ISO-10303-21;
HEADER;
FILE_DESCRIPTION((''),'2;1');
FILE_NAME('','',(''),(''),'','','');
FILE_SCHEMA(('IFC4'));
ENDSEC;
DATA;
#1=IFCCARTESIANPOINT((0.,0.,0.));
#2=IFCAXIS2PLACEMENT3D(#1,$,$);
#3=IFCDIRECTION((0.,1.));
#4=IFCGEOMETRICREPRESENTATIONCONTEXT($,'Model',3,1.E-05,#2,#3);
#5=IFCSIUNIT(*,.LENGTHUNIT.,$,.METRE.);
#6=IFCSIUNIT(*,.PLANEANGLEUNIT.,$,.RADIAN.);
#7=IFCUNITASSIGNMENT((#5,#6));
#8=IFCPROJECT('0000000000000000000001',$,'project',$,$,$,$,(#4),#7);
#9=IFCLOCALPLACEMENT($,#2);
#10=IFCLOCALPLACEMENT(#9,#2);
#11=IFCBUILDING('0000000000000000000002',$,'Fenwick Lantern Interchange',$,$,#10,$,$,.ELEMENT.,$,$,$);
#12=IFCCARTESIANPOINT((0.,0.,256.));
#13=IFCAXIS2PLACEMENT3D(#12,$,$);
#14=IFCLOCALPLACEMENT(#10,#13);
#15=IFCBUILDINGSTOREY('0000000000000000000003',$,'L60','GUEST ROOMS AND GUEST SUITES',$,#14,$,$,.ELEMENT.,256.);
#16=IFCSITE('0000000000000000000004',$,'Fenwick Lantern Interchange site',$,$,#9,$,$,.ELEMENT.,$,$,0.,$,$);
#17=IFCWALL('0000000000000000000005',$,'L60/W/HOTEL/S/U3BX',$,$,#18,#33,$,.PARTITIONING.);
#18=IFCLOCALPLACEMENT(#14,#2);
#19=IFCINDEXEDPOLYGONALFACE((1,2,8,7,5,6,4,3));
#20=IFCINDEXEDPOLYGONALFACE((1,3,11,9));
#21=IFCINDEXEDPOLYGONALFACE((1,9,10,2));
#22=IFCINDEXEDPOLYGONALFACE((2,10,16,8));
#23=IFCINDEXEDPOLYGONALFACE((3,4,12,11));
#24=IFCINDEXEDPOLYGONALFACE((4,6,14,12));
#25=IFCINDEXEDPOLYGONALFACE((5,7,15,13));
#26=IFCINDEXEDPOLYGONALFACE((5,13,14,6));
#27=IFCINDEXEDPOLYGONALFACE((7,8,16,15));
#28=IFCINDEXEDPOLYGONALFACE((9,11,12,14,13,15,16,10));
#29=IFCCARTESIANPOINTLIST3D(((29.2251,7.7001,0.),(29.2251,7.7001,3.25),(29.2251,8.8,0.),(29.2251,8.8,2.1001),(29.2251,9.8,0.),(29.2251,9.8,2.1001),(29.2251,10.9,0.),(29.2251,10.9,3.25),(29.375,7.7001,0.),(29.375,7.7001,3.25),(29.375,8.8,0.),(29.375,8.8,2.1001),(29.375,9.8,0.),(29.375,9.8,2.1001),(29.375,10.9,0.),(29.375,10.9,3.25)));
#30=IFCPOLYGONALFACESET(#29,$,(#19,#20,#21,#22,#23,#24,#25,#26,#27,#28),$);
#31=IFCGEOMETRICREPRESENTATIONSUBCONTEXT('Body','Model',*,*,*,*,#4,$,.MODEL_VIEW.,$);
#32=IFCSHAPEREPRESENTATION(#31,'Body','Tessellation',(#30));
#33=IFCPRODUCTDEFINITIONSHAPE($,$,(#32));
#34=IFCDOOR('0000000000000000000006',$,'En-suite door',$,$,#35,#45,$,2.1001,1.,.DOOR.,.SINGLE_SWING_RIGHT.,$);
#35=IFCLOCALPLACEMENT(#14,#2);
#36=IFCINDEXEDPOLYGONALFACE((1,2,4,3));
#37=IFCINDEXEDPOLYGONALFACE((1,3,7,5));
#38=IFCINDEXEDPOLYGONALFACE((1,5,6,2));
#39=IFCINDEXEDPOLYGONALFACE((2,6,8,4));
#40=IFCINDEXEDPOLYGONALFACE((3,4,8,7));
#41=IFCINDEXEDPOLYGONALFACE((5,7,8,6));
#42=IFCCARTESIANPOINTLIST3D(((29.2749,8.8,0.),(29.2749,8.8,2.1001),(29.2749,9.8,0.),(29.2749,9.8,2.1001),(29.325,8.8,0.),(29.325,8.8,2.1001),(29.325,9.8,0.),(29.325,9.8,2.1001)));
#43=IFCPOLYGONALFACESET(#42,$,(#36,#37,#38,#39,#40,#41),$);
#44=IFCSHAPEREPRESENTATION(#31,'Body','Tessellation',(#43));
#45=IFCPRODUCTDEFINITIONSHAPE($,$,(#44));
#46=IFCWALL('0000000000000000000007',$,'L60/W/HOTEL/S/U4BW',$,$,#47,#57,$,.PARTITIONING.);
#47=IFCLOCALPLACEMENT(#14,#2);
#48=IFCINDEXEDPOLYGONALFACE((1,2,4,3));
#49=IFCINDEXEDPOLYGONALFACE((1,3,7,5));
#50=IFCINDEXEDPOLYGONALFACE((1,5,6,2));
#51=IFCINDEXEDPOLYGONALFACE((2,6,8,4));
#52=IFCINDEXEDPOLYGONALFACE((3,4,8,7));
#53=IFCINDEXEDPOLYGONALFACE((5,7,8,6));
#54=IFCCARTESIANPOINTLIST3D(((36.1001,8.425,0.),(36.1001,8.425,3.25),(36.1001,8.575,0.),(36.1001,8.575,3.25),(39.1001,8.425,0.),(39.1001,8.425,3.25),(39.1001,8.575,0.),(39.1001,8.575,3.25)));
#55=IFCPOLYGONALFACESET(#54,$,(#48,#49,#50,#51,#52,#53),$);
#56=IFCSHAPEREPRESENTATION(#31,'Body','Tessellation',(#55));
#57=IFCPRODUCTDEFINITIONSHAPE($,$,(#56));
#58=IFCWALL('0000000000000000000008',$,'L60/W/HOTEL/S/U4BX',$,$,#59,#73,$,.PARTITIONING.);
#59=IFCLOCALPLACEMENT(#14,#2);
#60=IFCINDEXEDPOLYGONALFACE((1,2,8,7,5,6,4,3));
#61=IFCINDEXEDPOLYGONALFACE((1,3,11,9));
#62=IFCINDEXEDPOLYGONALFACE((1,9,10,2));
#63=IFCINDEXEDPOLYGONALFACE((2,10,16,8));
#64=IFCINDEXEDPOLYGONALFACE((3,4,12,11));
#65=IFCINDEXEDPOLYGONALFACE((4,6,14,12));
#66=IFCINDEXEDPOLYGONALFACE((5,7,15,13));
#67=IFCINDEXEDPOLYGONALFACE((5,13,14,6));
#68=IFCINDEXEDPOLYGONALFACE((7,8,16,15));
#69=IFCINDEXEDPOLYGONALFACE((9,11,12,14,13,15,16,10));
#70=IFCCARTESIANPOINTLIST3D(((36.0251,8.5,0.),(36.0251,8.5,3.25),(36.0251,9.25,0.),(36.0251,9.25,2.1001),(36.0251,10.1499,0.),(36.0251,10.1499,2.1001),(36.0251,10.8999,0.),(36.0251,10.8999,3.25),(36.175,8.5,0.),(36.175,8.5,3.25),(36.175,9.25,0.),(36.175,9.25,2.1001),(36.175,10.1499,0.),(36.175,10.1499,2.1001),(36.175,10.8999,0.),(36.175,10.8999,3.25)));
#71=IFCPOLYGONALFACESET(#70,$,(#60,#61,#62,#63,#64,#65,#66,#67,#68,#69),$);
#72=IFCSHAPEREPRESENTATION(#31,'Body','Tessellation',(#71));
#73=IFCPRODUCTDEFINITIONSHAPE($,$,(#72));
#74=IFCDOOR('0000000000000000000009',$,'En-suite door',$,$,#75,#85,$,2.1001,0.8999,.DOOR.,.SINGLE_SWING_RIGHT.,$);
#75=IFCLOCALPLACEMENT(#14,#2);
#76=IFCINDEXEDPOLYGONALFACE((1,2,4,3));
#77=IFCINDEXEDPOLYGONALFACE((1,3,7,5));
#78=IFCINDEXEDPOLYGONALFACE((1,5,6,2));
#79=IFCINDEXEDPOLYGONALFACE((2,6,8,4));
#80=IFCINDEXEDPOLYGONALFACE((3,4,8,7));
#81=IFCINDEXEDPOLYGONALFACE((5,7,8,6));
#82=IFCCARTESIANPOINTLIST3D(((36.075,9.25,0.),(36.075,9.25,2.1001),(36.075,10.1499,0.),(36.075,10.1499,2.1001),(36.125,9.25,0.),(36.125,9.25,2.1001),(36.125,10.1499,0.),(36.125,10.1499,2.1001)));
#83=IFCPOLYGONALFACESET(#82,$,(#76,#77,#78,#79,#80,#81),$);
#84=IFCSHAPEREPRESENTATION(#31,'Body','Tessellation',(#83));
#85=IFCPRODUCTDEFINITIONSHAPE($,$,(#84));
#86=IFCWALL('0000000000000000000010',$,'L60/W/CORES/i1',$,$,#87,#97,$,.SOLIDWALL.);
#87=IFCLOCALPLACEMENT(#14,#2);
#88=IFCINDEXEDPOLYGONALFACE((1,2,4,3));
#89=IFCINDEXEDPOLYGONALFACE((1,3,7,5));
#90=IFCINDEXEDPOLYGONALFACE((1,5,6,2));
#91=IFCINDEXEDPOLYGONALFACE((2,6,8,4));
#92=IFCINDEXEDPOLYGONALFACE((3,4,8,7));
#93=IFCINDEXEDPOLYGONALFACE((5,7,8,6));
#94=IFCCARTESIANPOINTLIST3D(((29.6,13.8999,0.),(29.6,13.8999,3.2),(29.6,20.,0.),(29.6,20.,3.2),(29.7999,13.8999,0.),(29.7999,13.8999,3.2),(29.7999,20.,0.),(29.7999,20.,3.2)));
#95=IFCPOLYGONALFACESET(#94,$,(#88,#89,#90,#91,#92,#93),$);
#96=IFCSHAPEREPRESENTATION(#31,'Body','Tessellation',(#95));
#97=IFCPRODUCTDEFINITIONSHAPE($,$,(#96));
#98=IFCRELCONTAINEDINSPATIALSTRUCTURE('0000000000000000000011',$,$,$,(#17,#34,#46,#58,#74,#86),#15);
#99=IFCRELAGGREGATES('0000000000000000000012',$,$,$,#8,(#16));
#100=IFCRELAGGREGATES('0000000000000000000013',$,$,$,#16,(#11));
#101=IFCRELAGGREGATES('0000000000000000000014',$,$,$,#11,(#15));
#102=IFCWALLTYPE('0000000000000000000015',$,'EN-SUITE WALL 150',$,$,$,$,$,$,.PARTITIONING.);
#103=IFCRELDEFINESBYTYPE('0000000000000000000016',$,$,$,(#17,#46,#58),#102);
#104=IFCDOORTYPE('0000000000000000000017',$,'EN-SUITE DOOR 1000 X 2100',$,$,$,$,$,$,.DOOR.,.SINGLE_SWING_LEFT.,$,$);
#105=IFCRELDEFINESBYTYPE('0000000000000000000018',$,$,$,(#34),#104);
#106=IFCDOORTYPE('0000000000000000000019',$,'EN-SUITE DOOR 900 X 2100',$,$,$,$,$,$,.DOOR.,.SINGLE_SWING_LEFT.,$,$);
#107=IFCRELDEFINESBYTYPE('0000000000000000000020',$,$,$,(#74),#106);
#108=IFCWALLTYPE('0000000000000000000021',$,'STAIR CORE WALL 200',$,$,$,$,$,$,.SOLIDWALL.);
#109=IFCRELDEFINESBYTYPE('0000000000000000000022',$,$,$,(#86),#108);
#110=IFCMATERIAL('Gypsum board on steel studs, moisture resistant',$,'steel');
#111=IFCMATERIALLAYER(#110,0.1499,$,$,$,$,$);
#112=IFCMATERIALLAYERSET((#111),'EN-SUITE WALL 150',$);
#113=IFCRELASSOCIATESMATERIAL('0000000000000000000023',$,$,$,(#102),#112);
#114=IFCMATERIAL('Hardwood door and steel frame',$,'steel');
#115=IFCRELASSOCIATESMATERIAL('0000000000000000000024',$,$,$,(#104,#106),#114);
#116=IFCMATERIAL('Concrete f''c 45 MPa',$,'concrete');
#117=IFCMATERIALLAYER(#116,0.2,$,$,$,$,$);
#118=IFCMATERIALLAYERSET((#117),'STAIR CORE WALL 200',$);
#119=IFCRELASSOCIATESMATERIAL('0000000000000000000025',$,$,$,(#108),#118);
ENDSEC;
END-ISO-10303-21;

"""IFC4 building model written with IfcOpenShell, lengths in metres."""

from ifc_helpers import new_model, si_unit, direction, frame, frame_2d, origin, place, context, subcontext, project, spatial, rectangle, extrude, material, layer, layer_set, type_object, element, fill, save


model = new_model("IFC4")

# Units and contexts
model_context = context("Model", 3, precision=1e-05, world=origin(), true_north=direction((0.0, 1.0)))
body_context = subcontext(model_context, "Body", "Model", "MODEL_VIEW")
ifc_project = project(units=[si_unit("LENGTHUNIT", "METRE"), si_unit("PLANEANGLEUNIT", "RADIAN")], contexts=[model_context])

# Site, building, storey
site_placement = place(None, origin())
site = spatial("IfcSite", under=ifc_project, at=site_placement, Name="Fenwick Lantern Interchange site", CompositionType="ELEMENT", RefElevation=0.0)
building_placement = place(site_placement, origin())
building = spatial("IfcBuilding", under=site, at=building_placement, Name="Fenwick Lantern Interchange", CompositionType="ELEMENT")
storey_placement = place(building_placement, frame((0.0, 0.0, 256.0)))
storey = spatial("IfcBuildingStorey", under=building, at=storey_placement, Name="L60", Description="GUEST ROOMS AND GUEST SUITES", CompositionType="ELEMENT", Elevation=256.0)

# Shared definitions
ifc_material_1 = material(Name="Gypsum board on steel studs, moisture resistant", Category="steel")
ifc_layer_1 = layer(ifc_material_1, 0.1499)
ifc_layer_set_1 = layer_set([ifc_layer_1], Name="EN-SUITE WALL 150")
wall_type_1 = type_object("IfcWallType", Name="EN-SUITE WALL 150", PredefinedType="PARTITIONING", material=ifc_layer_set_1)

# Wall, opening, door
wall_1_placement = place(storey_placement, frame((29.3, 7.7, 0.0), z_axis=(0.0, 0.0, 1.0), x_axis=(0.0, 1.0, 0.0)))
wall_1 = element("IfcWall", 1, at=wall_1_placement, inside=storey, type_object=wall_type_1, Name="L60/W/HOTEL/S/U3BX", PredefinedType="PARTITIONING", context=body_context, shape_type="SweptSolid", body=[
    extrude(rectangle(XDim=3.2, YDim=0.1499, at=frame_2d((1.6001, 0.0))), origin(), (0.0, 0.0, 1.0), 3.25),
])
opening_1_placement = place(wall_1_placement, frame((1.1001, 0.0, 0.0)))
opening_1 = element("IfcOpeningElement", 2, at=opening_1_placement, cuts=wall_1, PredefinedType="OPENING", context=body_context, shape_type="SweptSolid", body=[
    extrude(rectangle(XDim=1.0, YDim=2.1001, at=frame_2d((0.5, 1.05))), frame((0.0, 0.085, 0.0), z_axis=(0.0, -1.0, 0.0), x_axis=(1.0, 0.0, 0.0)), (0.0, 0.0, 1.0), 0.1699),
])
ifc_material_2 = material(Name="Hardwood door and steel frame", Category="steel")
door_type_1 = type_object("IfcDoorType", Name="EN-SUITE DOOR 1000 X 2100", OperationType="SINGLE_SWING_LEFT", PredefinedType="DOOR", material=ifc_material_2)
door_1_placement = place(opening_1_placement, frame((1.0, 0.0, 0.0), z_axis=(0.0, 0.0, 1.0), x_axis=(-1.0, 0.0, 0.0)))
door_1 = element("IfcDoor", 3, at=door_1_placement, inside=storey, type_object=door_type_1, Name="En-suite door", OperationType="SINGLE_SWING_RIGHT", OverallHeight=2.1001, OverallWidth=1.0, PredefinedType="DOOR", context=body_context, shape_type="SweptSolid", body=[
    extrude(rectangle(XDim=1.0, YDim=2.1001, at=frame_2d((0.5, 1.05))), frame((0.0, 0.0249, 0.0), z_axis=(0.0, -1.0, 0.0), x_axis=(1.0, 0.0, 0.0)), (0.0, 0.0, 1.0), 0.05),
])
fill(opening_1, door_1)

# Wall
wall_2_placement = place(storey_placement, frame((36.1001, 8.5, 0.0), z_axis=(0.0, 0.0, 1.0), x_axis=(1.0, 0.0, 0.0)))
element("IfcWall", 4, at=wall_2_placement, inside=storey, type_object=wall_type_1, Name="L60/W/HOTEL/S/U4BW", PredefinedType="PARTITIONING", context=body_context, shape_type="SweptSolid", body=[
    extrude(rectangle(XDim=3.0, YDim=0.1499, at=frame_2d((1.5, 0.0))), origin(), (0.0, 0.0, 1.0), 3.25),
])

# Wall, opening, door
wall_3_placement = place(storey_placement, frame((36.1001, 8.5, 0.0), z_axis=(0.0, 0.0, 1.0), x_axis=(0.0, 1.0, 0.0)))
wall_3 = element("IfcWall", 5, at=wall_3_placement, inside=storey, type_object=wall_type_1, Name="L60/W/HOTEL/S/U4BX", PredefinedType="PARTITIONING", context=body_context, shape_type="SweptSolid", body=[
    extrude(rectangle(XDim=2.3999, YDim=0.1499, at=frame_2d((1.2, 0.0))), origin(), (0.0, 0.0, 1.0), 3.25),
])
opening_2_placement = place(wall_3_placement, frame((0.75, 0.0, 0.0)))
opening_2 = element("IfcOpeningElement", 6, at=opening_2_placement, cuts=wall_3, PredefinedType="OPENING", context=body_context, shape_type="SweptSolid", body=[
    extrude(rectangle(XDim=0.8999, YDim=2.1001, at=frame_2d((0.45, 1.05))), frame((0.0, 0.085, 0.0), z_axis=(0.0, -1.0, 0.0), x_axis=(1.0, 0.0, 0.0)), (0.0, 0.0, 1.0), 0.1699),
])
door_type_2 = type_object("IfcDoorType", Name="EN-SUITE DOOR 900 X 2100", OperationType="SINGLE_SWING_LEFT", PredefinedType="DOOR", material=ifc_material_2)
door_2_placement = place(opening_2_placement, frame((0.8999, 0.0, 0.0), z_axis=(0.0, 0.0, 1.0), x_axis=(-1.0, 0.0, 0.0)))
door_2 = element("IfcDoor", 7, at=door_2_placement, inside=storey, type_object=door_type_2, Name="En-suite door", OperationType="SINGLE_SWING_RIGHT", OverallHeight=2.1001, OverallWidth=0.8999, PredefinedType="DOOR", context=body_context, shape_type="SweptSolid", body=[
    extrude(rectangle(XDim=0.8999, YDim=2.1001, at=frame_2d((0.45, 1.05))), frame((0.0, 0.0249, 0.0), z_axis=(0.0, -1.0, 0.0), x_axis=(1.0, 0.0, 0.0)), (0.0, 0.0, 1.0), 0.05),
])
fill(opening_2, door_2)

# Wall
ifc_material_3 = material(Name="Concrete f'c 45 MPa", Category="concrete")
ifc_layer_2 = layer(ifc_material_3, 0.2)
ifc_layer_set_2 = layer_set([ifc_layer_2], Name="STAIR CORE WALL 200")
wall_type_2 = type_object("IfcWallType", Name="STAIR CORE WALL 200", PredefinedType="SOLIDWALL", material=ifc_layer_set_2)
wall_4_placement = place(storey_placement, frame((29.7, 13.8999, 0.0), z_axis=(0.0, 0.0, 1.0), x_axis=(0.0, 1.0, 0.0)))
element("IfcWall", 8, at=wall_4_placement, inside=storey, type_object=wall_type_2, Name="L60/W/CORES/i1", PredefinedType="SOLIDWALL", context=body_context, shape_type="SweptSolid", body=[
    extrude(rectangle(XDim=6.1001, YDim=0.2, at=frame_2d((3.05, 0.0))), origin(), (0.0, 0.0, 1.0), 3.2),
])

save(model, "model.ifc")
